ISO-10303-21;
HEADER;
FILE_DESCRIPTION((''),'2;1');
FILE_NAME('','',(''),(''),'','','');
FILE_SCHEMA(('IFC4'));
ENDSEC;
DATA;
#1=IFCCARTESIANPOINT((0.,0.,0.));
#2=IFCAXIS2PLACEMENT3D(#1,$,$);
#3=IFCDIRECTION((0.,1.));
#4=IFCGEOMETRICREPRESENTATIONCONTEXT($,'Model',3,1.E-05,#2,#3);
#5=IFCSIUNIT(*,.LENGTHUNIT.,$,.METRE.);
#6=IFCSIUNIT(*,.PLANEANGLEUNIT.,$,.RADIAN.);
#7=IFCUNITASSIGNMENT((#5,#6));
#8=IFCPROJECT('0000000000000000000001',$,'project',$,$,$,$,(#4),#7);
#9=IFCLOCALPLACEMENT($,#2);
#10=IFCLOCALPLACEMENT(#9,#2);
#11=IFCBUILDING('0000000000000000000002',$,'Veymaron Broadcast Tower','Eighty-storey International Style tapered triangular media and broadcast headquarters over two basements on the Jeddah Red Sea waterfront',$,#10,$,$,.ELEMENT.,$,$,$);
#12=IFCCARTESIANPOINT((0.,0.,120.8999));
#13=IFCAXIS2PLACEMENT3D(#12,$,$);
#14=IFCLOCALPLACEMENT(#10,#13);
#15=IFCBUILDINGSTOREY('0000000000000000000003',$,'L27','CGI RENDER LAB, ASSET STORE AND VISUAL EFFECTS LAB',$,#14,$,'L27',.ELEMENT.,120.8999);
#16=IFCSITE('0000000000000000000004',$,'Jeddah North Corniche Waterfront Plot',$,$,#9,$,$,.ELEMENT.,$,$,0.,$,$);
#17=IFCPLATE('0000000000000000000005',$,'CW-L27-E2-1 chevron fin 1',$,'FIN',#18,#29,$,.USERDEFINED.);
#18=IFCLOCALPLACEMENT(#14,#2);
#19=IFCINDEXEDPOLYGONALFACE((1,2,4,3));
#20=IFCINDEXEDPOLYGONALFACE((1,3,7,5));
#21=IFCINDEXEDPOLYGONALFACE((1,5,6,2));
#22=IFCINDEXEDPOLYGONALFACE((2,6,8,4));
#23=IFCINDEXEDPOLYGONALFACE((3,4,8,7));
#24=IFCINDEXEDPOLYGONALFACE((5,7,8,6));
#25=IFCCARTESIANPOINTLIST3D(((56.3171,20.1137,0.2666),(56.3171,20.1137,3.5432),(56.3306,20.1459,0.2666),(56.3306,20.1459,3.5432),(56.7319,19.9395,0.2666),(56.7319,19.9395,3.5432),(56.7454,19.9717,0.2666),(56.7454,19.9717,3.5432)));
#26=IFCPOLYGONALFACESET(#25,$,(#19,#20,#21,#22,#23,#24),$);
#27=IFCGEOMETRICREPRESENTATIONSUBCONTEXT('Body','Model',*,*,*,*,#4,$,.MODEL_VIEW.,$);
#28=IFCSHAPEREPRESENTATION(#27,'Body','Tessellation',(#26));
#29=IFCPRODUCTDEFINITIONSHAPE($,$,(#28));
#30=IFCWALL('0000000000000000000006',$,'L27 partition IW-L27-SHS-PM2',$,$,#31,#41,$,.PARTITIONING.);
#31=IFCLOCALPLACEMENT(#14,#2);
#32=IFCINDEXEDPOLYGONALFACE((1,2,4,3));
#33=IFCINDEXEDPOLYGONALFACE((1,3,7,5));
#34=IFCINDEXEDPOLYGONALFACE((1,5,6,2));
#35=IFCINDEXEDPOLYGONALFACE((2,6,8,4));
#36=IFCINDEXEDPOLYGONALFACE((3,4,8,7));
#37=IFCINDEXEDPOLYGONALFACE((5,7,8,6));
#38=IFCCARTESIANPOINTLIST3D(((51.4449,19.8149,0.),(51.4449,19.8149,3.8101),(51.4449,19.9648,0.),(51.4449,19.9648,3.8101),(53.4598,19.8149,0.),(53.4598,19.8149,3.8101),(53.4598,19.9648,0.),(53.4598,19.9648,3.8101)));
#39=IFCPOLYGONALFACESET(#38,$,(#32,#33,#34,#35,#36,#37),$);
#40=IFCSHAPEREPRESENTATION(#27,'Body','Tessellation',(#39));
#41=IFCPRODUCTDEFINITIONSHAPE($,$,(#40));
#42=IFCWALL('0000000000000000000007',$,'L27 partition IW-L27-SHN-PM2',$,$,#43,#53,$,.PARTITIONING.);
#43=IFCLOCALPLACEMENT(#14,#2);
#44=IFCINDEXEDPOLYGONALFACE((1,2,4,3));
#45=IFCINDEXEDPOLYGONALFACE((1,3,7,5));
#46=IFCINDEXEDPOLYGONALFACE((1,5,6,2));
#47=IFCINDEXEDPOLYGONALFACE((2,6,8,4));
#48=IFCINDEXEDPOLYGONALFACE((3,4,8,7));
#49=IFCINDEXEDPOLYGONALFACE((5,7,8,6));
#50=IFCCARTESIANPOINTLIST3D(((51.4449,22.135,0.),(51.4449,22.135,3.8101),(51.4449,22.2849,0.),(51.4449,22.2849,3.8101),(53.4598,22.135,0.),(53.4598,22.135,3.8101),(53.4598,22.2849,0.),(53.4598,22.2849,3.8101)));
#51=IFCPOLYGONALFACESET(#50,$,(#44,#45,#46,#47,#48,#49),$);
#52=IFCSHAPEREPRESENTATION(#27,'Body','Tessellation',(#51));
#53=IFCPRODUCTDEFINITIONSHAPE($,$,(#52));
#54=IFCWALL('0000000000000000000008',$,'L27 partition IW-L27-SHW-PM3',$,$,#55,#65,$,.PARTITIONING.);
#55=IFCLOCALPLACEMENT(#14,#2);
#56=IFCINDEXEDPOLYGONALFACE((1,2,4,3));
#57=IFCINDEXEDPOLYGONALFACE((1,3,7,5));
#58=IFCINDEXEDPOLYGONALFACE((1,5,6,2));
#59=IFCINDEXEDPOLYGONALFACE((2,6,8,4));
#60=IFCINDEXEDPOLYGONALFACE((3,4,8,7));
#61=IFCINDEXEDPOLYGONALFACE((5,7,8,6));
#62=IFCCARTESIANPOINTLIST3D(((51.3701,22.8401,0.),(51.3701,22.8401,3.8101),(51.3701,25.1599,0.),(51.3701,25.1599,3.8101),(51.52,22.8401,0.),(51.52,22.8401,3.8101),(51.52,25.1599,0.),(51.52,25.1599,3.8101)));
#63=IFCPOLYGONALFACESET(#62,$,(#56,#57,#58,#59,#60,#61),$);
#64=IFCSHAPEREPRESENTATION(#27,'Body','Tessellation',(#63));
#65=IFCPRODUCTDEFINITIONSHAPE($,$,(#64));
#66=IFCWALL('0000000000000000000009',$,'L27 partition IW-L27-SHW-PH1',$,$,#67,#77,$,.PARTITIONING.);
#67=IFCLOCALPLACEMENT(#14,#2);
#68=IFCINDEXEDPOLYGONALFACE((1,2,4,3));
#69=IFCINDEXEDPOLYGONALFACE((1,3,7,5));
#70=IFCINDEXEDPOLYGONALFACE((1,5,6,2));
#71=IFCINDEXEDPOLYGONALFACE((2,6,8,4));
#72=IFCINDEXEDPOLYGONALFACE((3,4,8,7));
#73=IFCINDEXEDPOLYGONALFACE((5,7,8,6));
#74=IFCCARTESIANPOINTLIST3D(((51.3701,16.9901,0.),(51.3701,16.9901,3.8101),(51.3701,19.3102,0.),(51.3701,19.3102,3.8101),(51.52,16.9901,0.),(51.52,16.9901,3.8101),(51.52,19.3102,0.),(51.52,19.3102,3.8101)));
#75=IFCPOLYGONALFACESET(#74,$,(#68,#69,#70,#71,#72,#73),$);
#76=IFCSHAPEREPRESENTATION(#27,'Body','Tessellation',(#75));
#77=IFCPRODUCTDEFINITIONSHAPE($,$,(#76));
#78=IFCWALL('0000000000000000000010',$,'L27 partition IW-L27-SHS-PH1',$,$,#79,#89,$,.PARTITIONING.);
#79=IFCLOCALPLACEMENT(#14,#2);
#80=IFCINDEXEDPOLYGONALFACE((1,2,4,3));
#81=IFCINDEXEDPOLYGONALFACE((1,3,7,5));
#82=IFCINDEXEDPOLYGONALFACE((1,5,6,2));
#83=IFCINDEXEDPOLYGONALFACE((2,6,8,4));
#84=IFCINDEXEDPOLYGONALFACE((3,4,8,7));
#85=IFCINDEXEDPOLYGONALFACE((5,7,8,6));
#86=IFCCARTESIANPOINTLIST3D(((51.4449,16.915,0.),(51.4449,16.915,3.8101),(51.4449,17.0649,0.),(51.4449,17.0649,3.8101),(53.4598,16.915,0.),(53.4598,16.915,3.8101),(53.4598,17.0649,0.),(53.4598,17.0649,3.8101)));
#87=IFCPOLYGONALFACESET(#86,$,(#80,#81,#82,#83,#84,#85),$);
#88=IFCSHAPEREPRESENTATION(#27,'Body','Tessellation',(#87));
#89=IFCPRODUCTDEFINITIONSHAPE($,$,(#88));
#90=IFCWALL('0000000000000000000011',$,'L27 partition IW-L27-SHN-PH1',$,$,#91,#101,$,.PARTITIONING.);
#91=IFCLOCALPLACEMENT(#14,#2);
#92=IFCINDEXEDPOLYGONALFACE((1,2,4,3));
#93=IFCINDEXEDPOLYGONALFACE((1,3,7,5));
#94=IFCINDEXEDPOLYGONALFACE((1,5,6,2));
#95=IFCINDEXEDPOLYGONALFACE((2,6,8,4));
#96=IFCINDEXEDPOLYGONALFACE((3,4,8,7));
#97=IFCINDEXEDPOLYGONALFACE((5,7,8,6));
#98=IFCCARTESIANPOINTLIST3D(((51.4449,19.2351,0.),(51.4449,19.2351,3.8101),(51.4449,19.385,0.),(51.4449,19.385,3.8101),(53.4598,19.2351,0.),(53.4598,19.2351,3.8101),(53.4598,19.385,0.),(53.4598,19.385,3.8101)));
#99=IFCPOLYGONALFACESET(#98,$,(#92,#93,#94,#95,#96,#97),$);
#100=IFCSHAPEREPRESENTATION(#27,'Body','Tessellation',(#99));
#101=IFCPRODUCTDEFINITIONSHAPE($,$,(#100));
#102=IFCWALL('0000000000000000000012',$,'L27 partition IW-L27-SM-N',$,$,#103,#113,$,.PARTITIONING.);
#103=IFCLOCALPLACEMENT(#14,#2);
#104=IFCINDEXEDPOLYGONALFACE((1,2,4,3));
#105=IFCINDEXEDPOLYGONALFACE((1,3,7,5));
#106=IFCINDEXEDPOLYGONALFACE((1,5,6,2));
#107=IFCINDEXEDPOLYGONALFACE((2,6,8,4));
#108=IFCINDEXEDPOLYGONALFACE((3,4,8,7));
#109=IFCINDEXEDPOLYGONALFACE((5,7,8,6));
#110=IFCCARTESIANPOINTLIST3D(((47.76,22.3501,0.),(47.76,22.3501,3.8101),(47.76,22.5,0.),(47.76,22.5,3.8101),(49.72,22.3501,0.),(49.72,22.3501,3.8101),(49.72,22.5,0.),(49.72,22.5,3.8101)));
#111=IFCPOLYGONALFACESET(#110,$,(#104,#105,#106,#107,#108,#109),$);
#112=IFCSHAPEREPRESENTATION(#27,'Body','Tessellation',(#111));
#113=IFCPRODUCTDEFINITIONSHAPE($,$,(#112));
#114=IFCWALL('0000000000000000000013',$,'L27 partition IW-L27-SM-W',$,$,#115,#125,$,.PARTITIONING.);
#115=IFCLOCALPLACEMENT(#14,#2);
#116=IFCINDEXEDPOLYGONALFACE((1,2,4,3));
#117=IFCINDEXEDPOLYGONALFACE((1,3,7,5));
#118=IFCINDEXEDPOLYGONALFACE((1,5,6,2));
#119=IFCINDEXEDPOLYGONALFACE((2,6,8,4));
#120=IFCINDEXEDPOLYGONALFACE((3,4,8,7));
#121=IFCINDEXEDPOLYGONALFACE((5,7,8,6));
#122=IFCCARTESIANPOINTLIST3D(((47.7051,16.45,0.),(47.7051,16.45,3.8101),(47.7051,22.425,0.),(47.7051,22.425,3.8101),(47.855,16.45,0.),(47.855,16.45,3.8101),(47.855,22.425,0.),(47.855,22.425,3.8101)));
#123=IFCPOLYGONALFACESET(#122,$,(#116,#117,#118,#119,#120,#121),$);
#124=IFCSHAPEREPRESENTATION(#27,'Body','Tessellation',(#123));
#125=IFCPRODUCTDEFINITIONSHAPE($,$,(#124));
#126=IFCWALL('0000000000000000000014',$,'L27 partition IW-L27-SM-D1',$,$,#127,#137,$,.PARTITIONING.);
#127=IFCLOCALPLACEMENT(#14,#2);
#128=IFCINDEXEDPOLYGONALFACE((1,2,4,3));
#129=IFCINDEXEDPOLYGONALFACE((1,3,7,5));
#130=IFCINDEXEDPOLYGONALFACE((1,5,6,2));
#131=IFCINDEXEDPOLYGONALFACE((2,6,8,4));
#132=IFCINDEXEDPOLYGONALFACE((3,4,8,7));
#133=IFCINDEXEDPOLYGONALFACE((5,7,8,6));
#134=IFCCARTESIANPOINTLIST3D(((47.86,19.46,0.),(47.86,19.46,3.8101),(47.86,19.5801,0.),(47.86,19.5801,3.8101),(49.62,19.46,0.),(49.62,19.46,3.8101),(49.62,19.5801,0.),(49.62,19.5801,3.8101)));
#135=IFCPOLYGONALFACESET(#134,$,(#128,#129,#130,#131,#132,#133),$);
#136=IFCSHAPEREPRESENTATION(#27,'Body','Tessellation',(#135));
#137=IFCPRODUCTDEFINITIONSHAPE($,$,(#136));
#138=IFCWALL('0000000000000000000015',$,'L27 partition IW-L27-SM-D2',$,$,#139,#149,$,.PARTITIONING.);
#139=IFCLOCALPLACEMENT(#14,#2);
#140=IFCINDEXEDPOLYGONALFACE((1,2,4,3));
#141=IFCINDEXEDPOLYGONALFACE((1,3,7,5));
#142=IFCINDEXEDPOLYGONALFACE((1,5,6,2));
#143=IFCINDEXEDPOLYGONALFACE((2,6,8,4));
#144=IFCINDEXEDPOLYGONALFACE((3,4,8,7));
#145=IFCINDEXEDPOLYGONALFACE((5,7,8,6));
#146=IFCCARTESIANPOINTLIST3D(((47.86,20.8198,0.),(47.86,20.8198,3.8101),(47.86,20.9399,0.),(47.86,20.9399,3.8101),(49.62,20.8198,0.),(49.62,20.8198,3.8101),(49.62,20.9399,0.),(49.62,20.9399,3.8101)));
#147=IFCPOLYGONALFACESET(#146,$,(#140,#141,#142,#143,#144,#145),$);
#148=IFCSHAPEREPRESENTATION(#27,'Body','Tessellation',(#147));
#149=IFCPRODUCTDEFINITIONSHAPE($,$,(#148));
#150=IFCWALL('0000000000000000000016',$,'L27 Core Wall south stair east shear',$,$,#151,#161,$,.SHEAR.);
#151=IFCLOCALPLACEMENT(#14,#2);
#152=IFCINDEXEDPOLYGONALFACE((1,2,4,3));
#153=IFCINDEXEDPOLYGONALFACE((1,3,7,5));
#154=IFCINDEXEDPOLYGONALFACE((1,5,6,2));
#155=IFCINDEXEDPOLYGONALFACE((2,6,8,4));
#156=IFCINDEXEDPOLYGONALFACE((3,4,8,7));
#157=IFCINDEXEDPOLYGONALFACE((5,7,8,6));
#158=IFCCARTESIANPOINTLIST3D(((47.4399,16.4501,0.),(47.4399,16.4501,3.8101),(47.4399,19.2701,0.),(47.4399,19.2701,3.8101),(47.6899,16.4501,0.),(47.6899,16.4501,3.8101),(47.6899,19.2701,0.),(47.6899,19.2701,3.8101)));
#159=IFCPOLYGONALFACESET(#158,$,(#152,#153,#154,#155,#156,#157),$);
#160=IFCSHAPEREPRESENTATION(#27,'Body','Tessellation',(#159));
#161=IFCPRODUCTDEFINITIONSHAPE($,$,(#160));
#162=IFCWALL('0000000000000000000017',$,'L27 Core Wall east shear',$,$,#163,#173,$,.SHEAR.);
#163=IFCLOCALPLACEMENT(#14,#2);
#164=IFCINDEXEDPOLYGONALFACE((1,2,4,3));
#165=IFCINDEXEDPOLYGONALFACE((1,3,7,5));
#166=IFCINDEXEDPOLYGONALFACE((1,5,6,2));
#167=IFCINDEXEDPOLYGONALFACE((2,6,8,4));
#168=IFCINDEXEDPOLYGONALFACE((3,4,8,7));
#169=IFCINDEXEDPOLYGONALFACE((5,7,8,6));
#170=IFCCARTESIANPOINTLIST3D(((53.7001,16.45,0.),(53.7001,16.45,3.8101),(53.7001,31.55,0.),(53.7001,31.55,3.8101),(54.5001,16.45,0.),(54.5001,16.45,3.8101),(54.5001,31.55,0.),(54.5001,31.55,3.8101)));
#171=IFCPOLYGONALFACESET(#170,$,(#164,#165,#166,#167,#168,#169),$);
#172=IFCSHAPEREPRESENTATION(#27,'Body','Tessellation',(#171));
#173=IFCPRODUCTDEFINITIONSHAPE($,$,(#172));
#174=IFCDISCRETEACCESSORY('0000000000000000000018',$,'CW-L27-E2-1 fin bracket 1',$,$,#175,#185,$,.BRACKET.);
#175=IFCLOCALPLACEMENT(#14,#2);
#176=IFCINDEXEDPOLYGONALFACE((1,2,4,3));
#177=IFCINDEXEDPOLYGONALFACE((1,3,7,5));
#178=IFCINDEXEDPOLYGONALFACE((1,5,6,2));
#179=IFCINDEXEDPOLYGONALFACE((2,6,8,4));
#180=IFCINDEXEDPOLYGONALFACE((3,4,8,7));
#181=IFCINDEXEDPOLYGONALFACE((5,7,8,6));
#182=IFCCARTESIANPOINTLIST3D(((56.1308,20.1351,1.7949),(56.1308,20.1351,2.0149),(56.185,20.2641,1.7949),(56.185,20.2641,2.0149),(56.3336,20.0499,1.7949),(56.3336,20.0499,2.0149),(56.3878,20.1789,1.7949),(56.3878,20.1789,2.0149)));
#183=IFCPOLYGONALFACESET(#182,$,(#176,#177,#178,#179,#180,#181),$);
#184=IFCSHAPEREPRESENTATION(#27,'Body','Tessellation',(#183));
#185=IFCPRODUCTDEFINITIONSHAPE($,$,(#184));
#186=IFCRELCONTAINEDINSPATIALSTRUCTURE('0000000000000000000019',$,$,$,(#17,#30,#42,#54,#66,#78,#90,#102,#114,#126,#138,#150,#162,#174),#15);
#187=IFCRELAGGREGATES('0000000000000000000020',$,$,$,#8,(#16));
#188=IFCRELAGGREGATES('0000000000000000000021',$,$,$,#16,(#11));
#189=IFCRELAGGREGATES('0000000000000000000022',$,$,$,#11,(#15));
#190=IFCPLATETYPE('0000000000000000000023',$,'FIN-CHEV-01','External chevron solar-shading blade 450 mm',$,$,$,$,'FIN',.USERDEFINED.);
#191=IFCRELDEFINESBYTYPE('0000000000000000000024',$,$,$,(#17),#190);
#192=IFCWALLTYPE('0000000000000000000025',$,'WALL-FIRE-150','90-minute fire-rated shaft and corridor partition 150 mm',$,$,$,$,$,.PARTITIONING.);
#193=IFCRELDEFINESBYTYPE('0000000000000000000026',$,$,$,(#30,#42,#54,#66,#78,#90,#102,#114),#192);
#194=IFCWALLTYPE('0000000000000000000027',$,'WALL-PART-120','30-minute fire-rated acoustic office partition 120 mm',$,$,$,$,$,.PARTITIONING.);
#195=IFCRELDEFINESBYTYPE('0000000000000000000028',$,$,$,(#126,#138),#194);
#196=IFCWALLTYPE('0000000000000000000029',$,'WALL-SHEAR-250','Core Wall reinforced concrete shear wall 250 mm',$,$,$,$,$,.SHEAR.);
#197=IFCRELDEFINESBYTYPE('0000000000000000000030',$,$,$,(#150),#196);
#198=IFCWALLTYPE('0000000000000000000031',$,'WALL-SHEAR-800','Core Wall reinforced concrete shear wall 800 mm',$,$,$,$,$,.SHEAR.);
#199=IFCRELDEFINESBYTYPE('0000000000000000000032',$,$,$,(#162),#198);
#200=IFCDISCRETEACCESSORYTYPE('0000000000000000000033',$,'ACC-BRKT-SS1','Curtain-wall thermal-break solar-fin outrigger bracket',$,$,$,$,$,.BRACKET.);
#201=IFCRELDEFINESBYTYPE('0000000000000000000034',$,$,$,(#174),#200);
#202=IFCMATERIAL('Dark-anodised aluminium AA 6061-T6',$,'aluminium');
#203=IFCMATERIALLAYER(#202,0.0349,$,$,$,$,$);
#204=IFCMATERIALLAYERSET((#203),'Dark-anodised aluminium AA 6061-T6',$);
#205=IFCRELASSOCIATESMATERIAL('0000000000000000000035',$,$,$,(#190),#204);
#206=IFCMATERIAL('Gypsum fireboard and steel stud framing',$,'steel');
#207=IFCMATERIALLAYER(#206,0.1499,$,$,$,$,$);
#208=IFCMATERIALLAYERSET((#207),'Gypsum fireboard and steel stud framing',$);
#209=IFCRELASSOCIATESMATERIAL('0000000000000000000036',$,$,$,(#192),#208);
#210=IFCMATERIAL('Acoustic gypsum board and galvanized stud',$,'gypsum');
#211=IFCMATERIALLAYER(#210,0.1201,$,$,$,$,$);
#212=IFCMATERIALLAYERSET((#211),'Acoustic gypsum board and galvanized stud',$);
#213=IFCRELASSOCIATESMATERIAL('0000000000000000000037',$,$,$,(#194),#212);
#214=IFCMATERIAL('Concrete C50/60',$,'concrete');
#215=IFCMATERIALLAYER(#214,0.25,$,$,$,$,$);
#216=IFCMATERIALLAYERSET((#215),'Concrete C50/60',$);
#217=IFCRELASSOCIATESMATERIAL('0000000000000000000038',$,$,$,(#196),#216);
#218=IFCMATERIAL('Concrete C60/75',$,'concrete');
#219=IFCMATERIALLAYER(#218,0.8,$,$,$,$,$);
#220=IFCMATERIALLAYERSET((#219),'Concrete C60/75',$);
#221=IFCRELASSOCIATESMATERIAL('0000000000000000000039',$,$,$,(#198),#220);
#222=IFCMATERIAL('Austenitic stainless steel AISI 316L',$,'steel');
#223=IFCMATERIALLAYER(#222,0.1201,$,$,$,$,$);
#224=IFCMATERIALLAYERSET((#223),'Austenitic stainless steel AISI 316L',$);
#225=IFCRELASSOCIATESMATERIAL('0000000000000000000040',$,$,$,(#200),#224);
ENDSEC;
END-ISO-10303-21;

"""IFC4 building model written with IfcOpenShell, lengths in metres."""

from ifc_helpers import new_model, si_unit, direction, frame, frame_2d, origin, origin_2d, place, context, subcontext, project, spatial, rectangle, extrude, material, layer, layer_set, type_object, element, save


model = new_model("IFC4")

# Units and contexts
model_context = context("Model", 3, precision=1e-05, world=origin(), true_north=direction((0.0, 1.0)))
body_context = subcontext(model_context, "Body", "Model", "MODEL_VIEW")
ifc_project = project(units=[si_unit("LENGTHUNIT", "METRE"), si_unit("PLANEANGLEUNIT", "RADIAN")], contexts=[model_context])

# Site, building, storey
site_placement = place(None, origin())
site = spatial("IfcSite", under=ifc_project, at=site_placement, Name="Jeddah North Corniche Waterfront Plot", CompositionType="ELEMENT", RefElevation=0.0)
building_placement = place(site_placement, origin())
building = spatial("IfcBuilding", under=site, at=building_placement, Name="Veymaron Broadcast Tower", Description="Eighty-storey International Style tapered triangular media and broadcast headquarters over two basements on the Jeddah Red Sea waterfront", CompositionType="ELEMENT")
storey_placement = place(building_placement, frame((0.0, 0.0, 120.8999)))
storey = spatial("IfcBuildingStorey", under=building, at=storey_placement, Name="L27", Description="CGI RENDER LAB, ASSET STORE AND VISUAL EFFECTS LAB", LongName="L27", CompositionType="ELEMENT", Elevation=120.8999)

# Plate
ifc_material_1 = material(Name="Dark-anodised aluminium AA 6061-T6", Category="aluminium")
ifc_layer_1 = layer(ifc_material_1, 0.0349)
ifc_layer_set_1 = layer_set([ifc_layer_1], Name="Dark-anodised aluminium AA 6061-T6")
plate_type_1 = type_object("IfcPlateType", Name="FIN-CHEV-01", Description="External chevron solar-shading blade 450 mm", ElementType="FIN", PredefinedType="USERDEFINED", material=ifc_layer_set_1)
plate_1_placement = place(storey_placement, frame((56.5312, 20.0427, 0.2666), z_axis=(0.0, 0.0, 1.0), x_axis=(0.921985, -0.387226, 0.0)))
element("IfcPlate", 1, at=plate_1_placement, inside=storey, type_object=plate_type_1, Name="CW-L27-E2-1 chevron fin 1", ObjectType="FIN", PredefinedType="USERDEFINED", context=body_context, shape_type="SweptSolid", body=[
    extrude(rectangle(XDim=0.45, YDim=0.0349, at=origin_2d()), origin(), (0.0, 0.0, 1.0), 3.2766),
])

# Shared definitions
ifc_material_2 = material(Name="Gypsum fireboard and steel stud framing", Category="steel")
ifc_layer_2 = layer(ifc_material_2, 0.1499)
ifc_layer_set_2 = layer_set([ifc_layer_2], Name="Gypsum fireboard and steel stud framing")
wall_type_1 = type_object("IfcWallType", Name="WALL-FIRE-150", Description="90-minute fire-rated shaft and corridor partition 150 mm", PredefinedType="PARTITIONING", material=ifc_layer_set_2)

# Walls
for number, where, z_axis, x_axis, name in (
    (2, (51.4451, 19.8899, 0.0), (0.0, 0.0, 1.0), (1.0, 0.0, 0.0), "L27 partition IW-L27-SHS-PM2"),
    (3, (51.4451, 22.21, 0.0), (0.0, 0.0, 1.0), (1.0, 0.0, 0.0), "L27 partition IW-L27-SHN-PM2"),
):
    element("IfcWall", number, at=place(storey_placement, frame(where, z_axis=z_axis, x_axis=x_axis)), inside=storey, type_object=wall_type_1, Name=name, PredefinedType="PARTITIONING", context=body_context, shape_type="SweptSolid", body=[
        extrude(rectangle(XDim=2.0149, YDim=0.1499, at=frame_2d((1.0073, 0.0))), origin(), (0.0, 0.0, 1.0), 3.8101),
    ])
wall_1_placement = place(storey_placement, frame((51.4451, 22.8401, 0.0), z_axis=(0.0, 0.0, 1.0), x_axis=(0.0, 1.0, 0.0)))
element("IfcWall", 4, at=wall_1_placement, inside=storey, type_object=wall_type_1, Name="L27 partition IW-L27-SHW-PM3", PredefinedType="PARTITIONING", context=body_context, shape_type="SweptSolid", body=[
    extrude(rectangle(XDim=2.3198, YDim=0.1499, at=frame_2d((1.1599, 0.0))), origin(), (0.0, 0.0, 1.0), 3.8101),
])
wall_2_placement = place(storey_placement, frame((51.4451, 16.99, 0.0), z_axis=(0.0, 0.0, 1.0), x_axis=(0.0, 1.0, 0.0)))
element("IfcWall", 5, at=wall_2_placement, inside=storey, type_object=wall_type_1, Name="L27 partition IW-L27-SHW-PH1", PredefinedType="PARTITIONING", context=body_context, shape_type="SweptSolid", body=[
    extrude(rectangle(XDim=2.3201, YDim=0.1499, at=frame_2d((1.1602, 0.0))), origin(), (0.0, 0.0, 1.0), 3.8101),
])
for number, where, z_axis, x_axis, name in (
    (6, (51.4451, 16.99, 0.0), (0.0, 0.0, 1.0), (1.0, 0.0, 0.0), "L27 partition IW-L27-SHS-PH1"),
    (7, (51.4451, 19.3101, 0.0), (0.0, 0.0, 1.0), (1.0, 0.0, 0.0), "L27 partition IW-L27-SHN-PH1"),
):
    element("IfcWall", number, at=place(storey_placement, frame(where, z_axis=z_axis, x_axis=x_axis)), inside=storey, type_object=wall_type_1, Name=name, PredefinedType="PARTITIONING", context=body_context, shape_type="SweptSolid", body=[
        extrude(rectangle(XDim=2.0149, YDim=0.1499, at=frame_2d((1.0073, 0.0))), origin(), (0.0, 0.0, 1.0), 3.8101),
    ])

# Walls
wall_3_placement = place(storey_placement, frame((47.76, 22.425, 0.0), z_axis=(0.0, 0.0, 1.0), x_axis=(1.0, 0.0, 0.0)))
element("IfcWall", 8, at=wall_3_placement, inside=storey, type_object=wall_type_1, Name="L27 partition IW-L27-SM-N", PredefinedType="PARTITIONING", context=body_context, shape_type="SweptSolid", body=[
    extrude(rectangle(XDim=1.96, YDim=0.1499, at=frame_2d((0.98, 0.0))), origin(), (0.0, 0.0, 1.0), 3.8101),
])
wall_4_placement = place(storey_placement, frame((47.78, 16.45, 0.0), z_axis=(0.0, 0.0, 1.0), x_axis=(0.0, 1.0, 0.0)))
element("IfcWall", 9, at=wall_4_placement, inside=storey, type_object=wall_type_1, Name="L27 partition IW-L27-SM-W", PredefinedType="PARTITIONING", context=body_context, shape_type="SweptSolid", body=[
    extrude(rectangle(XDim=5.9751, YDim=0.1499, at=frame_2d((2.9875, 0.0))), origin(), (0.0, 0.0, 1.0), 3.8101),
])
ifc_material_3 = material(Name="Acoustic gypsum board and galvanized stud", Category="gypsum")
ifc_layer_3 = layer(ifc_material_3, 0.1201)
ifc_layer_set_3 = layer_set([ifc_layer_3], Name="Acoustic gypsum board and galvanized stud")
wall_type_2 = type_object("IfcWallType", Name="WALL-PART-120", Description="30-minute fire-rated acoustic office partition 120 mm", PredefinedType="PARTITIONING", material=ifc_layer_set_3)
for number, where, z_axis, x_axis, name in (
    (10, (47.8601, 19.52, 0.0), (0.0, 0.0, 1.0), (1.0, 0.0, 0.0), "L27 partition IW-L27-SM-D1"),
    (11, (47.8601, 20.8799, 0.0), (0.0, 0.0, 1.0), (1.0, 0.0, 0.0), "L27 partition IW-L27-SM-D2"),
):
    element("IfcWall", number, at=place(storey_placement, frame(where, z_axis=z_axis, x_axis=x_axis)), inside=storey, type_object=wall_type_2, Name=name, PredefinedType="PARTITIONING", context=body_context, shape_type="SweptSolid", body=[
        extrude(rectangle(XDim=1.76, YDim=0.1201, at=frame_2d((0.8799, 0.0))), origin(), (0.0, 0.0, 1.0), 3.8101),
    ])

# Walls
ifc_material_4 = material(Name="Concrete C50/60", Category="concrete")
ifc_layer_4 = layer(ifc_material_4, 0.25)
ifc_layer_set_4 = layer_set([ifc_layer_4], Name="Concrete C50/60")
wall_type_3 = type_object("IfcWallType", Name="WALL-SHEAR-250", Description="Core Wall reinforced concrete shear wall 250 mm", PredefinedType="SHEAR", material=ifc_layer_set_4)
wall_5_placement = place(storey_placement, frame((47.5649, 16.45, 0.0), z_axis=(0.0, 0.0, 1.0), x_axis=(0.0, 1.0, 0.0)))
element("IfcWall", 12, at=wall_5_placement, inside=storey, type_object=wall_type_3, Name="L27 Core Wall south stair east shear", PredefinedType="SHEAR", context=body_context, shape_type="SweptSolid", body=[
    extrude(rectangle(XDim=2.8201, YDim=0.25, at=frame_2d((1.4102, 0.0))), origin(), (0.0, 0.0, 1.0), 3.8101),
])
ifc_material_5 = material(Name="Concrete C60/75", Category="concrete")
ifc_layer_5 = layer(ifc_material_5, 0.8)
ifc_layer_set_5 = layer_set([ifc_layer_5], Name="Concrete C60/75")
wall_type_4 = type_object("IfcWallType", Name="WALL-SHEAR-800", Description="Core Wall reinforced concrete shear wall 800 mm", PredefinedType="SHEAR", material=ifc_layer_set_5)
wall_6_placement = place(storey_placement, frame((54.1001, 16.45, 0.0), z_axis=(0.0, 0.0, 1.0), x_axis=(0.0, 1.0, 0.0)))
element("IfcWall", 13, at=wall_6_placement, inside=storey, type_object=wall_type_4, Name="L27 Core Wall east shear", PredefinedType="SHEAR", context=body_context, shape_type="SweptSolid", body=[
    extrude(rectangle(XDim=15.1001, YDim=0.8, at=frame_2d((7.55, 0.0))), origin(), (0.0, 0.0, 1.0), 3.8101),
])

# Discrete accessory
ifc_material_6 = material(Name="Austenitic stainless steel AISI 316L", Category="steel")
ifc_layer_6 = layer(ifc_material_6, 0.1201)
ifc_layer_set_6 = layer_set([ifc_layer_6], Name="Austenitic stainless steel AISI 316L")
discrete_accessory_type = type_object("IfcDiscreteAccessoryType", Name="ACC-BRKT-SS1", Description="Curtain-wall thermal-break solar-fin outrigger bracket", PredefinedType="BRACKET", material=ifc_layer_set_6)
discrete_accessory_placement = place(storey_placement, frame((56.2593, 20.157, 1.7949), z_axis=(0.0, 0.0, 1.0), x_axis=(0.921985, -0.387226, 0.0)))
element("IfcDiscreteAccessory", 14, at=discrete_accessory_placement, inside=storey, type_object=discrete_accessory_type, Name="CW-L27-E2-1 fin bracket 1", PredefinedType="BRACKET", context=body_context, shape_type="SweptSolid", body=[
    extrude(rectangle(XDim=0.22, YDim=0.1399, at=origin_2d()), origin(), (0.0, 0.0, 1.0), 0.22),
])

save(model, "model.ifc")
